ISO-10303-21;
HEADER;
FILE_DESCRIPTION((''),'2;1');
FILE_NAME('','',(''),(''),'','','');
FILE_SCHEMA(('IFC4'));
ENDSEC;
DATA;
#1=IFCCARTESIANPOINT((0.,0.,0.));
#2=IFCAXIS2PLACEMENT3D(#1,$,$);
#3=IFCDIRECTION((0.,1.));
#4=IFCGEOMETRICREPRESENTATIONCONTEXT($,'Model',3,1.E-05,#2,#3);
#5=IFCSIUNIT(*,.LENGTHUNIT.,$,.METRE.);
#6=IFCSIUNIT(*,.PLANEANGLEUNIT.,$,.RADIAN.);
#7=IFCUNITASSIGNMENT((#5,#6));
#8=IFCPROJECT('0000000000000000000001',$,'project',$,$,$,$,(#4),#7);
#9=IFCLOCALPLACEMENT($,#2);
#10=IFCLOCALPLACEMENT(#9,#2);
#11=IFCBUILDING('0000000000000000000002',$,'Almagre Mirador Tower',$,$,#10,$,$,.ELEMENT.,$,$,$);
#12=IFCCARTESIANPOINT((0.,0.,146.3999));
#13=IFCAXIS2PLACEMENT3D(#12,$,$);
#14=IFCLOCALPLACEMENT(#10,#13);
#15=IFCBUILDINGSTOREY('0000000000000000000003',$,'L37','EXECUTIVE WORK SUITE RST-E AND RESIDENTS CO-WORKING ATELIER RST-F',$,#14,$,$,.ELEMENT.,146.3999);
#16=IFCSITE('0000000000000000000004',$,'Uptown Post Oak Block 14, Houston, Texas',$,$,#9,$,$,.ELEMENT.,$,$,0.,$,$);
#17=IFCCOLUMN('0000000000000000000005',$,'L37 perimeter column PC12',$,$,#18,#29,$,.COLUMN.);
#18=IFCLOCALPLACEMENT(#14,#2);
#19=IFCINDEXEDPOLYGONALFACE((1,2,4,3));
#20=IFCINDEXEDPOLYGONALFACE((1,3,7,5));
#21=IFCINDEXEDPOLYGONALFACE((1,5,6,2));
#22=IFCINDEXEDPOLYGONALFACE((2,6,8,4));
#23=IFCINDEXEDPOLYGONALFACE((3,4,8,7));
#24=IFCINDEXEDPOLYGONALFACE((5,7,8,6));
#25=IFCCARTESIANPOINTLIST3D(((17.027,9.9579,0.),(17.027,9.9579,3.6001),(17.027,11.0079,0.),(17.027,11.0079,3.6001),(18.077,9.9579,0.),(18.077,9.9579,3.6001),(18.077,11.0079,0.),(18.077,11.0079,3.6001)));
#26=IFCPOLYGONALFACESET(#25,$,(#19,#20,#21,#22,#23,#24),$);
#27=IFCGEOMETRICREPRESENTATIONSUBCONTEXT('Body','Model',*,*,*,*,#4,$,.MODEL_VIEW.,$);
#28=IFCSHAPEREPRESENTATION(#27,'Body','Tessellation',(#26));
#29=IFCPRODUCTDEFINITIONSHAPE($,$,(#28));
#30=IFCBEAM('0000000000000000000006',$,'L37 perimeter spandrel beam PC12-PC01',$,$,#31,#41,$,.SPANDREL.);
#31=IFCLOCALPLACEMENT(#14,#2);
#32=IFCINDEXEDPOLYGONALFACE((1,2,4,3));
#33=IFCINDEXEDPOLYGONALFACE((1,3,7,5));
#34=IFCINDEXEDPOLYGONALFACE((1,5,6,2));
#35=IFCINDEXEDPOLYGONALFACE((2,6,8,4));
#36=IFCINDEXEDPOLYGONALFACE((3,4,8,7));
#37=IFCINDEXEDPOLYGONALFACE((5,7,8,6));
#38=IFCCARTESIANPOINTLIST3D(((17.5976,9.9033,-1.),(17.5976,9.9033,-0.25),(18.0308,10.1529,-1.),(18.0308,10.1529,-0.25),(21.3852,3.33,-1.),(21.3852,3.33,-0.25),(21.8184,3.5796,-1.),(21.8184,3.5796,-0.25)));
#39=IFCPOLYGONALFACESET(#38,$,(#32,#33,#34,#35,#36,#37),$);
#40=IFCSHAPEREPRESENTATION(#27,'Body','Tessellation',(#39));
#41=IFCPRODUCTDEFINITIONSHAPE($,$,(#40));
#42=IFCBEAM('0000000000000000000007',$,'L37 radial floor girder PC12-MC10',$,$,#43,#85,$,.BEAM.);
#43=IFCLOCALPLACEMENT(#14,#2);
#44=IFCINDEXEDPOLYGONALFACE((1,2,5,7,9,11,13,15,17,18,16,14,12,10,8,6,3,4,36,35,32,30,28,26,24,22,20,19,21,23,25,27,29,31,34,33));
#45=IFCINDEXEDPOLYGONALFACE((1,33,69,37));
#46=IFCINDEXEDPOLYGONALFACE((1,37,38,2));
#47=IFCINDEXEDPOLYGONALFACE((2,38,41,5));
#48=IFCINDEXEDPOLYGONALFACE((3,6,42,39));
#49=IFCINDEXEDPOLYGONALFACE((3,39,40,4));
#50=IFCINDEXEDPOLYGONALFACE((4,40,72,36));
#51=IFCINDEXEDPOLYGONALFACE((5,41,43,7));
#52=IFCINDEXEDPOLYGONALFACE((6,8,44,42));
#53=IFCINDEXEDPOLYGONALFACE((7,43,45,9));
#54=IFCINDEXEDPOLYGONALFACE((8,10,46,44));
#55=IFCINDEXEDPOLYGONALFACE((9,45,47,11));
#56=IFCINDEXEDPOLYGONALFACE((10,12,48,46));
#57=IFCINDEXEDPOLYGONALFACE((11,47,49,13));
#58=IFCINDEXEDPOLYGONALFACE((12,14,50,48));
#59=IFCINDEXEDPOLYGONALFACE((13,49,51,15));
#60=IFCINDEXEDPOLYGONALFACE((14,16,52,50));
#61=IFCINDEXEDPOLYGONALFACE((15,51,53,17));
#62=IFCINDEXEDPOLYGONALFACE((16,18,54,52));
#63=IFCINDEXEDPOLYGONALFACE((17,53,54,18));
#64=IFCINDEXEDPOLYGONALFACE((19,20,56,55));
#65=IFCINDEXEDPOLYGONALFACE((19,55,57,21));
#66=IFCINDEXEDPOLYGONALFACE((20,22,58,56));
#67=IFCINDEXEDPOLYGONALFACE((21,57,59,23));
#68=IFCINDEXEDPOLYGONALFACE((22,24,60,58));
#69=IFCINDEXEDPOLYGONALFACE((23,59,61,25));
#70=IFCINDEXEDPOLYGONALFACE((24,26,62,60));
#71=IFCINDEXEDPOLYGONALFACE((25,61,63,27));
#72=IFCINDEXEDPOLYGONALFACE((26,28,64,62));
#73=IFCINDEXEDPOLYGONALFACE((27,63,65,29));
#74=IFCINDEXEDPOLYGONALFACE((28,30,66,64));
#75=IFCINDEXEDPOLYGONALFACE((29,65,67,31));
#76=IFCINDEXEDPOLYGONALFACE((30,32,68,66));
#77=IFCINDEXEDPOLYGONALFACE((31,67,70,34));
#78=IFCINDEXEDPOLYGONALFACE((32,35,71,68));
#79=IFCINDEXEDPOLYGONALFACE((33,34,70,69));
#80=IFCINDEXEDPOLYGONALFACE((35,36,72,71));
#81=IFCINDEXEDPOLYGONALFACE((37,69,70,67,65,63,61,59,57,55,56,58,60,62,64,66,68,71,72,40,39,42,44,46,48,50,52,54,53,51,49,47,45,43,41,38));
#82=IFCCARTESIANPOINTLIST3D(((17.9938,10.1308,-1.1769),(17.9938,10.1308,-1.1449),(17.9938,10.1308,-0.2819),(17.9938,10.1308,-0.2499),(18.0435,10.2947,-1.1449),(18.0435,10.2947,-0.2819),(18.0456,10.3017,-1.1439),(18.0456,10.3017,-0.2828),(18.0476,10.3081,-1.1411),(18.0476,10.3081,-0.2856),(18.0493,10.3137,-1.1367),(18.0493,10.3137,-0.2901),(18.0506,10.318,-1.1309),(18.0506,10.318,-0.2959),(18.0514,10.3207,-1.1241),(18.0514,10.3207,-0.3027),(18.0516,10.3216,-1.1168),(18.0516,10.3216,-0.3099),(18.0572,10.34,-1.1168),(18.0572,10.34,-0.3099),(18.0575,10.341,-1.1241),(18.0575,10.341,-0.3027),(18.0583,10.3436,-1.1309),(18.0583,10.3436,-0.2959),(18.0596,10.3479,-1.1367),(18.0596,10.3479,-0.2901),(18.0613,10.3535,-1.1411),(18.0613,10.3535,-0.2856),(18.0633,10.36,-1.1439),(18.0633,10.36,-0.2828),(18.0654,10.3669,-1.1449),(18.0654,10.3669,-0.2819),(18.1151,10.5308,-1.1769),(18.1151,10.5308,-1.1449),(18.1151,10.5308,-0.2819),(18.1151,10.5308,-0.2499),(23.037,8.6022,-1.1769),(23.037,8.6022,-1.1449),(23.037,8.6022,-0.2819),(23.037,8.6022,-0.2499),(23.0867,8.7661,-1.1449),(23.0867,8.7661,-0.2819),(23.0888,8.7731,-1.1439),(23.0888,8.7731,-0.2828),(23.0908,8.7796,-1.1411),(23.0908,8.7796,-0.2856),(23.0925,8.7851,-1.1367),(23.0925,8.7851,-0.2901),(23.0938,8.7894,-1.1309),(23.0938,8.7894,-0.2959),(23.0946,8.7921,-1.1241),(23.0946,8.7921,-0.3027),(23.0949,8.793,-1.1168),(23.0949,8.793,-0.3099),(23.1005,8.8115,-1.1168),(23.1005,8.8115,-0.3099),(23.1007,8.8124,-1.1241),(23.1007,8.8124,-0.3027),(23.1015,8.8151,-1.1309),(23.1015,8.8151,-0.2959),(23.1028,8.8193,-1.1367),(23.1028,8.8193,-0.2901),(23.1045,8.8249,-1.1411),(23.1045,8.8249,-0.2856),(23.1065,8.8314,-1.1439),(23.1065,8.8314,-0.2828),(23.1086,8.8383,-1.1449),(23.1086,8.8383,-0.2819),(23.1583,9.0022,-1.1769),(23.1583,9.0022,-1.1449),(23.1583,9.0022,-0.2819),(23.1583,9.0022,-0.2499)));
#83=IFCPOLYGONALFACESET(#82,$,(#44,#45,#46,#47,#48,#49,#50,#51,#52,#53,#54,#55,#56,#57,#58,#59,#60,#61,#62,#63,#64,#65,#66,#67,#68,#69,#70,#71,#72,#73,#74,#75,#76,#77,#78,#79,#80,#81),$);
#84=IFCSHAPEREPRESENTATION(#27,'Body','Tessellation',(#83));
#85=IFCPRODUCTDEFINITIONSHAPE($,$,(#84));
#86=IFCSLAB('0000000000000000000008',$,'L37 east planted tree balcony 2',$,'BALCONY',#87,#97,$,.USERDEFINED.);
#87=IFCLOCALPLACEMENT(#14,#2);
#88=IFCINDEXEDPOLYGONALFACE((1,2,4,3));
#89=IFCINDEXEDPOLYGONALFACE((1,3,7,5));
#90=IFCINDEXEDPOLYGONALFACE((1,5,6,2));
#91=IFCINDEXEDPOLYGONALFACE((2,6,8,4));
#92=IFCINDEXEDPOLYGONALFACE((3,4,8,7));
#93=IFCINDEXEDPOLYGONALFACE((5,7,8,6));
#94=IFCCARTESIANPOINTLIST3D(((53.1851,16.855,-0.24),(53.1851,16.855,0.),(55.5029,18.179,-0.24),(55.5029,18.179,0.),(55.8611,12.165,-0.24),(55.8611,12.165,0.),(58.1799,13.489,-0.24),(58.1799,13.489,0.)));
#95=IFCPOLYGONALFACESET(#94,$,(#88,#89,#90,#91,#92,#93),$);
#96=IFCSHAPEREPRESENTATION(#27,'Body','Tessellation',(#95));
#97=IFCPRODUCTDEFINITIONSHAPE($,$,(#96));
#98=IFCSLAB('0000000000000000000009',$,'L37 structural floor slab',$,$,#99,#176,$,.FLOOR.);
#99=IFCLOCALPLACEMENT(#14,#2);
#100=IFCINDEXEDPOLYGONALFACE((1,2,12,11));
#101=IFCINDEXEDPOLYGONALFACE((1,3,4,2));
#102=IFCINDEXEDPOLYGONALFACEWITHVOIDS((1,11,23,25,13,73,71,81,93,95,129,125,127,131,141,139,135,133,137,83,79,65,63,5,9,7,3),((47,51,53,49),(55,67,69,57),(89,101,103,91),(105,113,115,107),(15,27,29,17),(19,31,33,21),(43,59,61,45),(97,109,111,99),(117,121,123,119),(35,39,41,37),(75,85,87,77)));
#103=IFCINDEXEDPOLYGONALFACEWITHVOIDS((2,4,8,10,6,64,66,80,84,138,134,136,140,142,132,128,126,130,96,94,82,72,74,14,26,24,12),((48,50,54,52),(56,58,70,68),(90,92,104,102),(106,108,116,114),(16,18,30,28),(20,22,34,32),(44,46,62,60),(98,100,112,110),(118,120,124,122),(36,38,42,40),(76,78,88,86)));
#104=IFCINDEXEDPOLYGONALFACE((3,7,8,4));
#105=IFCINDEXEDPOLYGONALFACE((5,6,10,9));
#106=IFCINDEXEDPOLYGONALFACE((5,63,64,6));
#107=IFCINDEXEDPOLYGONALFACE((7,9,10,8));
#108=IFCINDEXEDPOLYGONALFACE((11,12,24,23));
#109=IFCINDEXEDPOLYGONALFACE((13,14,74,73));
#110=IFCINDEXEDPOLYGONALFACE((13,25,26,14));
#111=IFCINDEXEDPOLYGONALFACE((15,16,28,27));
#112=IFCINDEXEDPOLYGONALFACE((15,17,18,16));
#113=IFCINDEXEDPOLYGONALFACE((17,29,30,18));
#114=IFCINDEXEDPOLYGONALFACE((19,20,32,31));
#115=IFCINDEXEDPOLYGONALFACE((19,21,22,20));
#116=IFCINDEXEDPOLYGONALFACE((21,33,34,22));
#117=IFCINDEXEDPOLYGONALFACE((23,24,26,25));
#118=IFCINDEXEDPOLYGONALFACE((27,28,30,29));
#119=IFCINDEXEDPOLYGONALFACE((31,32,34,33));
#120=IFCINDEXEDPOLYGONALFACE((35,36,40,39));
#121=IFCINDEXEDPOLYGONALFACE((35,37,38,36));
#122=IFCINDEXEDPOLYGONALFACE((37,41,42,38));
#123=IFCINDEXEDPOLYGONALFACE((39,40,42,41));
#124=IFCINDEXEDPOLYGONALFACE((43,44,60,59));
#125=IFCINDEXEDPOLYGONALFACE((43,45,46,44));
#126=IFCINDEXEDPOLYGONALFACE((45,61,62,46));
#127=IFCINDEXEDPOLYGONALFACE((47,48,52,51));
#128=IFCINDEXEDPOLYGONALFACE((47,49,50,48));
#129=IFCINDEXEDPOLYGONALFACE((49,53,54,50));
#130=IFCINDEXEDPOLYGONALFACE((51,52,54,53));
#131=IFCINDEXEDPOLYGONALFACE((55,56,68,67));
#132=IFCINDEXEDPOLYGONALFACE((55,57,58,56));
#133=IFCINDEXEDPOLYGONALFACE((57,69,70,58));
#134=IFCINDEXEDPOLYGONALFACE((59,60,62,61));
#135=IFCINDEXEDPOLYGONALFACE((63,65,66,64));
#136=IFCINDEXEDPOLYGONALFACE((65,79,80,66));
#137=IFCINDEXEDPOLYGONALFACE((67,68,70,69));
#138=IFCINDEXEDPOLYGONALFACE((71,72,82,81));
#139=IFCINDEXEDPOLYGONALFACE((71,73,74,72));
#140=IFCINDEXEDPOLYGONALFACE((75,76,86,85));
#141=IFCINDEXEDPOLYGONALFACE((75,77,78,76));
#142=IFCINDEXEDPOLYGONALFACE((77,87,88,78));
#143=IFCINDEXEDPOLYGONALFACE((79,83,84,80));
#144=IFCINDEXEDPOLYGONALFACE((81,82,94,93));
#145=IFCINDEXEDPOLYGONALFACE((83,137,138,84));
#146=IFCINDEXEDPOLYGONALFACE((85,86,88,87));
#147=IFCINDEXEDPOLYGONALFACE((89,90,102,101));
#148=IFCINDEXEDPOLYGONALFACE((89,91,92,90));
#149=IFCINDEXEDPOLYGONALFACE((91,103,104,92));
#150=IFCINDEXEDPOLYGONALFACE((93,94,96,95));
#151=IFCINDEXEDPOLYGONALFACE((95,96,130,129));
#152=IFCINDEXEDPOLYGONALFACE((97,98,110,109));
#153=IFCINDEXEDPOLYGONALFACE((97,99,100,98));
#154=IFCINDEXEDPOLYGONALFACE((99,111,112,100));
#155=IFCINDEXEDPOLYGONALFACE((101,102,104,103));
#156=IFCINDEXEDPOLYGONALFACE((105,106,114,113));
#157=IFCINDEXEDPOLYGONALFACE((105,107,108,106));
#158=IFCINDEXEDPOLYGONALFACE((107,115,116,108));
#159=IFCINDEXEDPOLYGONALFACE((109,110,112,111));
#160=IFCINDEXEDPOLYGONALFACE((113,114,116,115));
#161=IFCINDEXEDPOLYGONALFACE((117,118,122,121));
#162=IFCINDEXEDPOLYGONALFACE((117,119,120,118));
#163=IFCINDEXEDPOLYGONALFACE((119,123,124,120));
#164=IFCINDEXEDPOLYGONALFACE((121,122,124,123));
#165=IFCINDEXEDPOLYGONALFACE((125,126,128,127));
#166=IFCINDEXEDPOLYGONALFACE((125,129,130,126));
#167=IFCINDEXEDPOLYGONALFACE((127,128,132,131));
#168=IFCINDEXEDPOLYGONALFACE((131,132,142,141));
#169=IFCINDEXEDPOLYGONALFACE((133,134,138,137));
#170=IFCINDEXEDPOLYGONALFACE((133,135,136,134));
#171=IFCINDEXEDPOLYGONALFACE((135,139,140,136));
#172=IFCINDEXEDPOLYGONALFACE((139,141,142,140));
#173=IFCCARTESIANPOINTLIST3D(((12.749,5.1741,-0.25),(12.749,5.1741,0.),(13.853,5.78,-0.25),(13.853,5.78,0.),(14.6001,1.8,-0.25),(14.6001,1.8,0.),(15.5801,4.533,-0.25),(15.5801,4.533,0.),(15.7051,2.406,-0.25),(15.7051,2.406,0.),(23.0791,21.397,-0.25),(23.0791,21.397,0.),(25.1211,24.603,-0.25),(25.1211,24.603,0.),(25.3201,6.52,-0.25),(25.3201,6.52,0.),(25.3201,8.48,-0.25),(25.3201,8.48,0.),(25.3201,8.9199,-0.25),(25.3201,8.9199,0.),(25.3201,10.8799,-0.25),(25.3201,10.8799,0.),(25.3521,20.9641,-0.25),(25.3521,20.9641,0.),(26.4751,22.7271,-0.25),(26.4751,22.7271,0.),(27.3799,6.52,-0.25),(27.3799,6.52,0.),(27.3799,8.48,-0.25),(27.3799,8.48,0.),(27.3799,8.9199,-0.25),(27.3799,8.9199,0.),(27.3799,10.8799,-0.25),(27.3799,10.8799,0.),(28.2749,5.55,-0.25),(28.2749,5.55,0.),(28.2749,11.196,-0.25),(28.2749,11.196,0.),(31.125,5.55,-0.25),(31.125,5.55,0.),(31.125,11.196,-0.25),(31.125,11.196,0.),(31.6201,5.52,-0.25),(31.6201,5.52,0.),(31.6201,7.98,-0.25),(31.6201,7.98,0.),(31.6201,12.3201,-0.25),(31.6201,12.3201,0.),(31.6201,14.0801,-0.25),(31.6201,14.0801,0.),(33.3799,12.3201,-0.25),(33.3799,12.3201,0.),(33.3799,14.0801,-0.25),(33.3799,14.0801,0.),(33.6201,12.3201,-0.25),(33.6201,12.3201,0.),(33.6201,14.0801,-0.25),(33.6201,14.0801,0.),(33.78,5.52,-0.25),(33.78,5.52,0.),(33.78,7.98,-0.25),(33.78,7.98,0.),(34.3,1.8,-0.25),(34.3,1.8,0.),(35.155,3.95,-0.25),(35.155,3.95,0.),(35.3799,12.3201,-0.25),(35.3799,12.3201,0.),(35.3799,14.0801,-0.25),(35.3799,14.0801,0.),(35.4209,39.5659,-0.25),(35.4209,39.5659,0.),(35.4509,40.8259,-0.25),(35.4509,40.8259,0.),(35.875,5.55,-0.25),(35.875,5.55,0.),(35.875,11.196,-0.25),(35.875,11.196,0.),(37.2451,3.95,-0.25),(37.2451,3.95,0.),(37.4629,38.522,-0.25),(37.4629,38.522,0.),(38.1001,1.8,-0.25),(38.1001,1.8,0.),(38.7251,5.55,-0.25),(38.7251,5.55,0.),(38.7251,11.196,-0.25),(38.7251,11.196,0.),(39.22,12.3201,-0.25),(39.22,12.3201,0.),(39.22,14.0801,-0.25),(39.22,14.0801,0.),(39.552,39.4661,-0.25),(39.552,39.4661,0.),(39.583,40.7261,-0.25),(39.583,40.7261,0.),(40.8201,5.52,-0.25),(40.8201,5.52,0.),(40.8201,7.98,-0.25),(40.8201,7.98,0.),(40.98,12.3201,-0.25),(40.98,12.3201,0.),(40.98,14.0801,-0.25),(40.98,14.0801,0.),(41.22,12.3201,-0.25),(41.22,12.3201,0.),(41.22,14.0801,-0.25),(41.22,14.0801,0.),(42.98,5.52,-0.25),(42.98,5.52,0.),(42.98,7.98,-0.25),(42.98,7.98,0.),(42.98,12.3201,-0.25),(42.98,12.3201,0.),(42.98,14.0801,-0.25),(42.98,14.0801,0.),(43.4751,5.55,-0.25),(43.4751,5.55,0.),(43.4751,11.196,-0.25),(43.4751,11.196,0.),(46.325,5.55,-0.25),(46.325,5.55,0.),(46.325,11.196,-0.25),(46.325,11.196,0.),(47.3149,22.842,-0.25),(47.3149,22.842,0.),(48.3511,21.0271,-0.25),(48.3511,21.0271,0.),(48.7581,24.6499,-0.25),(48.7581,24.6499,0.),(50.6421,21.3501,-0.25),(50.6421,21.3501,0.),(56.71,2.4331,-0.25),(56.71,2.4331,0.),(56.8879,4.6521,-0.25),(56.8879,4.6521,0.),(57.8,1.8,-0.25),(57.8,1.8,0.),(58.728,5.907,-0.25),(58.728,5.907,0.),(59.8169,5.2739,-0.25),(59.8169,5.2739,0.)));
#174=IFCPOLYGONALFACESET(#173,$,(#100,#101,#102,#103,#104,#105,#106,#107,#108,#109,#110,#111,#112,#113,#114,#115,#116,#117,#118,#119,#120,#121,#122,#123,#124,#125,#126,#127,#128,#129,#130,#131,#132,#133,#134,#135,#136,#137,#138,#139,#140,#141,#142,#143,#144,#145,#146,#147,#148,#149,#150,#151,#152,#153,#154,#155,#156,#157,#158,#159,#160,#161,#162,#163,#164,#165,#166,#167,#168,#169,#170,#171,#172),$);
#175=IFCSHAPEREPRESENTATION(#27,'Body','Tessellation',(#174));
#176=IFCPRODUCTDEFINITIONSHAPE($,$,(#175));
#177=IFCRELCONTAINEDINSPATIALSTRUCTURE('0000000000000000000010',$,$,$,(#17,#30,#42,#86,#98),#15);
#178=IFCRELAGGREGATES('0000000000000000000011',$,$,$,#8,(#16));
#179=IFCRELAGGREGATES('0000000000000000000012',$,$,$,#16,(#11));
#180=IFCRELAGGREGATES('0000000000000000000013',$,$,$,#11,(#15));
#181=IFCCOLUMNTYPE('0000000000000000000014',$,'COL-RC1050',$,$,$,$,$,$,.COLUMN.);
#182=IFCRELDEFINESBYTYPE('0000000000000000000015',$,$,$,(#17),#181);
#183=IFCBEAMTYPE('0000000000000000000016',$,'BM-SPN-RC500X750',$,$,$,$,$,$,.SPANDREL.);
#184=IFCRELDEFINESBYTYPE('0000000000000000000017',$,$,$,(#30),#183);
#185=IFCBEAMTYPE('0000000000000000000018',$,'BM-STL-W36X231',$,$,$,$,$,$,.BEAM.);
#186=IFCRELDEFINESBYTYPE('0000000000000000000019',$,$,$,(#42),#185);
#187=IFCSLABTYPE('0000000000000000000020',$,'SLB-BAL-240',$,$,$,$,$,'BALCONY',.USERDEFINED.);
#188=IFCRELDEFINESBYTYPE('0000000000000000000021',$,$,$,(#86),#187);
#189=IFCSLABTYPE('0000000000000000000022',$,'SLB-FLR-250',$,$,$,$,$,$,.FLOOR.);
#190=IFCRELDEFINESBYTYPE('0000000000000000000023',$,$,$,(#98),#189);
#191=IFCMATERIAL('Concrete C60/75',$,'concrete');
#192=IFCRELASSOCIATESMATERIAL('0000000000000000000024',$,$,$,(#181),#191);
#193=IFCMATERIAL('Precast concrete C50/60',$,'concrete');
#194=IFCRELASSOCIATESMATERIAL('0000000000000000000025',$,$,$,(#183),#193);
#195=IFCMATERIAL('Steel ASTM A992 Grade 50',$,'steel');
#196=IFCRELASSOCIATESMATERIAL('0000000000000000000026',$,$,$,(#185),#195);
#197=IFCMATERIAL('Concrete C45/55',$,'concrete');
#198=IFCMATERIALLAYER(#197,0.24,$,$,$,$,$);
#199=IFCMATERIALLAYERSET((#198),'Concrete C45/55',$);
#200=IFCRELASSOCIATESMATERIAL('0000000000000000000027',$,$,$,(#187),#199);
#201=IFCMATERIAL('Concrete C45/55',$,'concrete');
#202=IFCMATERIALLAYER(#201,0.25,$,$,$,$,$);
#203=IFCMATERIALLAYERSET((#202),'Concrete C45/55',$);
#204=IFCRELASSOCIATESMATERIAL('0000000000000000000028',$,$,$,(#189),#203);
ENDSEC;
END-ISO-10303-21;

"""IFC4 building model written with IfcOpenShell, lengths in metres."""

from ifc_helpers import new_model, si_unit, direction, frame, origin, origin_2d, place, context, subcontext, project, spatial, polyline, rectangle, i_section, outline, extrude, material, layer, layer_set, material_profile, profile_set, type_object, element, save


model = new_model("IFC4")

# Units and contexts
model_context = context("Model", 3, precision=1e-05, world=origin(), true_north=direction((0.0, 1.0)))
body_context = subcontext(model_context, "Body", "Model", "MODEL_VIEW")
ifc_project = project(units=[si_unit("LENGTHUNIT", "METRE"), si_unit("PLANEANGLEUNIT", "RADIAN")], contexts=[model_context])

# Site, building, storey
site_placement = place(None, origin())
site = spatial("IfcSite", under=ifc_project, at=site_placement, Name="Uptown Post Oak Block 14, Houston, Texas", CompositionType="ELEMENT", RefElevation=0.0)
building_placement = place(site_placement, origin())
building = spatial("IfcBuilding", under=site, at=building_placement, Name="Almagre Mirador Tower", CompositionType="ELEMENT")
storey_placement = place(building_placement, frame((0.0, 0.0, 146.3999)))
storey = spatial("IfcBuildingStorey", under=building, at=storey_placement, Name="L37", Description="EXECUTIVE WORK SUITE RST-E AND RESIDENTS CO-WORKING ATELIER RST-F", CompositionType="ELEMENT", Elevation=146.3999)

# Column
ifc_material_1 = material(Name="Concrete C60/75", Category="concrete")
ifc_material_profile_1 = material_profile(ifc_material_1, rectangle(XDim=1.05, YDim=1.05, at=origin_2d()), Name="RC1050X1050")
ifc_profile_set_1 = profile_set([ifc_material_profile_1], Name="Concrete C60/75")
column_type = type_object("IfcColumnType", Name="COL-RC1050", PredefinedType="COLUMN", material=ifc_profile_set_1)
column_placement = place(storey_placement, frame((17.552, 10.4829, 0.0), z_axis=(0.0, 0.0, 1.0), x_axis=(1.0, 0.0, 0.0)))
element("IfcColumn", 1, at=column_placement, inside=storey, type_object=column_type, Name="L37 perimeter column PC12", PredefinedType="COLUMN", context=body_context, shape_type="SweptSolid", body=[
    extrude(rectangle(XDim=1.05, YDim=1.05, at=origin_2d()), origin(), (0.0, 0.0, 1.0), 3.6001),
])

# Beams
ifc_material_2 = material(Name="Precast concrete C50/60", Category="concrete")
ifc_material_profile_2 = material_profile(ifc_material_2, rectangle(XDim=0.5, YDim=0.75, at=origin_2d()), Name="RC500X750")
ifc_profile_set_2 = profile_set([ifc_material_profile_2], Name="Precast concrete C50/60")
beam_type_1 = type_object("IfcBeamType", Name="BM-SPN-RC500X750", PredefinedType="SPANDREL", material=ifc_profile_set_2)
beam_1_placement = place(storey_placement, frame((17.8142, 10.0281, -0.625), z_axis=(0.499262, -0.866451, 0.0), x_axis=(0.866451, 0.499262, 0.0)))
element("IfcBeam", 2, at=beam_1_placement, inside=storey, type_object=beam_type_1, Name="L37 perimeter spandrel beam PC12-PC01", PredefinedType="SPANDREL", context=body_context, shape_type="SweptSolid", body=[
    extrude(rectangle(XDim=0.5, YDim=0.75, at=origin_2d()), origin(), (0.0, 0.0, 1.0), 7.5864),
])
ifc_material_3 = material(Name="Steel ASTM A992 Grade 50", Category="steel")
ifc_material_profile_3 = material_profile(ifc_material_3, i_section(OverallWidth=0.418, OverallDepth=0.927, WebThickness=0.0193, FlangeThickness=0.032, FilletRadius=0.0281, at=origin_2d()), Name="W36X231")
ifc_profile_set_3 = profile_set([ifc_material_profile_3], Name="Steel ASTM A992 Grade 50")
beam_type_2 = type_object("IfcBeamType", Name="BM-STL-W36X231", PredefinedType="BEAM", material=ifc_profile_set_3)
beam_2_placement = place(storey_placement, frame((18.0544, 10.3308, -0.7134), z_axis=(0.957008, -0.290063, 0.0), x_axis=(0.290063, 0.957008, 0.0)))
element("IfcBeam", 3, at=beam_2_placement, inside=storey, type_object=beam_type_2, Name="L37 radial floor girder PC12-MC10", PredefinedType="BEAM", context=body_context, shape_type="SweptSolid", body=[
    extrude(i_section(OverallWidth=0.418, OverallDepth=0.927, WebThickness=0.0193, FlangeThickness=0.032, FilletRadius=0.0281, at=origin_2d()), origin(), (0.0, 0.0, 1.0), 5.2698),
])

# Slabs
ifc_material_4 = material(Name="Concrete C45/55", Category="concrete")
ifc_layer_1 = layer(ifc_material_4, 0.24)
ifc_layer_set_1 = layer_set([ifc_layer_1], Name="Concrete C45/55")
slab_type_1 = type_object("IfcSlabType", Name="SLB-BAL-240", ElementType="BALCONY", PredefinedType="USERDEFINED", material=ifc_layer_set_1)
slab_1_placement = place(storey_placement, frame((0.0, 0.0, -0.24)))
element("IfcSlab", 4, at=slab_1_placement, inside=storey, type_object=slab_type_1, Name="L37 east planted tree balcony 2", ObjectType="BALCONY", PredefinedType="USERDEFINED", context=body_context, shape_type="SweptSolid", body=[
    extrude(outline(polyline([(55.8611, 12.165), (53.1851, 16.855), (55.5029, 18.179), (58.1799, 13.489), (55.8611, 12.165)])), origin(), (0.0, 0.0, 1.0), 0.24),
])
ifc_material_5 = material(Name="Concrete C45/55", Category="concrete")
ifc_layer_2 = layer(ifc_material_5, 0.25)
ifc_layer_set_2 = layer_set([ifc_layer_2], Name="Concrete C45/55")
slab_type_2 = type_object("IfcSlabType", Name="SLB-FLR-250", PredefinedType="FLOOR", material=ifc_layer_set_2)
slab_2_placement = place(storey_placement, frame((0.0, 0.0, -0.25)))
element("IfcSlab", 5, at=slab_2_placement, inside=storey, type_object=slab_type_2, Name="L37 structural floor slab", PredefinedType="FLOOR", context=body_context, shape_type="SweptSolid", body=[
    extrude(outline(polyline([(12.749, 5.1741), (13.853, 5.78), (15.5801, 4.533), (15.7051, 2.406), (14.6001, 1.8), (34.3, 1.8), (35.155, 3.95), (37.2451, 3.95), (38.1001, 1.8), (57.8, 1.8), (56.71, 2.4331), (56.8879, 4.6521), (58.728, 5.907), (59.8169, 5.2739), (50.6421, 21.3501), (48.3511, 21.0271), (47.3149, 22.842), (48.7581, 24.6499), (39.583, 40.7261), (39.552, 39.4661), (37.4629, 38.522), (35.4209, 39.5659), (35.4509, 40.8259), (25.1211, 24.603), (26.4751, 22.7271), (25.3521, 20.9641), (23.0791, 21.397), (12.749, 5.1741)]), holes=[polyline([(43.4751, 5.55), (43.4751, 11.196), (46.325, 11.196), (46.325, 5.55), (43.4751, 5.55)]), polyline([(40.8201, 5.52), (40.8201, 7.98), (42.98, 7.98), (42.98, 5.52), (40.8201, 5.52)]), polyline([(41.22, 12.3201), (41.22, 14.0801), (42.98, 14.0801), (42.98, 12.3201), (41.22, 12.3201)]), polyline([(39.22, 12.3201), (39.22, 14.0801), (40.98, 14.0801), (40.98, 12.3201), (39.22, 12.3201)]), polyline([(35.875, 11.196), (38.7251, 11.196), (38.7251, 5.55), (35.875, 5.55), (35.875, 11.196)]), polyline([(35.3799, 12.3201), (33.6201, 12.3201), (33.6201, 14.0801), (35.3799, 14.0801), (35.3799, 12.3201)]), polyline([(33.78, 5.52), (31.6201, 5.52), (31.6201, 7.98), (33.78, 7.98), (33.78, 5.52)]), polyline([(31.6201, 12.3201), (31.6201, 14.0801), (33.3799, 14.0801), (33.3799, 12.3201), (31.6201, 12.3201)]), polyline([(28.2749, 5.55), (28.2749, 11.196), (31.125, 11.196), (31.125, 5.55), (28.2749, 5.55)]), polyline([(25.3201, 8.9199), (25.3201, 10.8799), (27.3799, 10.8799), (27.3799, 8.9199), (25.3201, 8.9199)]), polyline([(27.3799, 6.52), (25.3201, 6.52), (25.3201, 8.48), (27.3799, 8.48), (27.3799, 6.52)])]), origin(), (0.0, 0.0, 1.0), 0.25),
])

save(model, "model.ifc")
